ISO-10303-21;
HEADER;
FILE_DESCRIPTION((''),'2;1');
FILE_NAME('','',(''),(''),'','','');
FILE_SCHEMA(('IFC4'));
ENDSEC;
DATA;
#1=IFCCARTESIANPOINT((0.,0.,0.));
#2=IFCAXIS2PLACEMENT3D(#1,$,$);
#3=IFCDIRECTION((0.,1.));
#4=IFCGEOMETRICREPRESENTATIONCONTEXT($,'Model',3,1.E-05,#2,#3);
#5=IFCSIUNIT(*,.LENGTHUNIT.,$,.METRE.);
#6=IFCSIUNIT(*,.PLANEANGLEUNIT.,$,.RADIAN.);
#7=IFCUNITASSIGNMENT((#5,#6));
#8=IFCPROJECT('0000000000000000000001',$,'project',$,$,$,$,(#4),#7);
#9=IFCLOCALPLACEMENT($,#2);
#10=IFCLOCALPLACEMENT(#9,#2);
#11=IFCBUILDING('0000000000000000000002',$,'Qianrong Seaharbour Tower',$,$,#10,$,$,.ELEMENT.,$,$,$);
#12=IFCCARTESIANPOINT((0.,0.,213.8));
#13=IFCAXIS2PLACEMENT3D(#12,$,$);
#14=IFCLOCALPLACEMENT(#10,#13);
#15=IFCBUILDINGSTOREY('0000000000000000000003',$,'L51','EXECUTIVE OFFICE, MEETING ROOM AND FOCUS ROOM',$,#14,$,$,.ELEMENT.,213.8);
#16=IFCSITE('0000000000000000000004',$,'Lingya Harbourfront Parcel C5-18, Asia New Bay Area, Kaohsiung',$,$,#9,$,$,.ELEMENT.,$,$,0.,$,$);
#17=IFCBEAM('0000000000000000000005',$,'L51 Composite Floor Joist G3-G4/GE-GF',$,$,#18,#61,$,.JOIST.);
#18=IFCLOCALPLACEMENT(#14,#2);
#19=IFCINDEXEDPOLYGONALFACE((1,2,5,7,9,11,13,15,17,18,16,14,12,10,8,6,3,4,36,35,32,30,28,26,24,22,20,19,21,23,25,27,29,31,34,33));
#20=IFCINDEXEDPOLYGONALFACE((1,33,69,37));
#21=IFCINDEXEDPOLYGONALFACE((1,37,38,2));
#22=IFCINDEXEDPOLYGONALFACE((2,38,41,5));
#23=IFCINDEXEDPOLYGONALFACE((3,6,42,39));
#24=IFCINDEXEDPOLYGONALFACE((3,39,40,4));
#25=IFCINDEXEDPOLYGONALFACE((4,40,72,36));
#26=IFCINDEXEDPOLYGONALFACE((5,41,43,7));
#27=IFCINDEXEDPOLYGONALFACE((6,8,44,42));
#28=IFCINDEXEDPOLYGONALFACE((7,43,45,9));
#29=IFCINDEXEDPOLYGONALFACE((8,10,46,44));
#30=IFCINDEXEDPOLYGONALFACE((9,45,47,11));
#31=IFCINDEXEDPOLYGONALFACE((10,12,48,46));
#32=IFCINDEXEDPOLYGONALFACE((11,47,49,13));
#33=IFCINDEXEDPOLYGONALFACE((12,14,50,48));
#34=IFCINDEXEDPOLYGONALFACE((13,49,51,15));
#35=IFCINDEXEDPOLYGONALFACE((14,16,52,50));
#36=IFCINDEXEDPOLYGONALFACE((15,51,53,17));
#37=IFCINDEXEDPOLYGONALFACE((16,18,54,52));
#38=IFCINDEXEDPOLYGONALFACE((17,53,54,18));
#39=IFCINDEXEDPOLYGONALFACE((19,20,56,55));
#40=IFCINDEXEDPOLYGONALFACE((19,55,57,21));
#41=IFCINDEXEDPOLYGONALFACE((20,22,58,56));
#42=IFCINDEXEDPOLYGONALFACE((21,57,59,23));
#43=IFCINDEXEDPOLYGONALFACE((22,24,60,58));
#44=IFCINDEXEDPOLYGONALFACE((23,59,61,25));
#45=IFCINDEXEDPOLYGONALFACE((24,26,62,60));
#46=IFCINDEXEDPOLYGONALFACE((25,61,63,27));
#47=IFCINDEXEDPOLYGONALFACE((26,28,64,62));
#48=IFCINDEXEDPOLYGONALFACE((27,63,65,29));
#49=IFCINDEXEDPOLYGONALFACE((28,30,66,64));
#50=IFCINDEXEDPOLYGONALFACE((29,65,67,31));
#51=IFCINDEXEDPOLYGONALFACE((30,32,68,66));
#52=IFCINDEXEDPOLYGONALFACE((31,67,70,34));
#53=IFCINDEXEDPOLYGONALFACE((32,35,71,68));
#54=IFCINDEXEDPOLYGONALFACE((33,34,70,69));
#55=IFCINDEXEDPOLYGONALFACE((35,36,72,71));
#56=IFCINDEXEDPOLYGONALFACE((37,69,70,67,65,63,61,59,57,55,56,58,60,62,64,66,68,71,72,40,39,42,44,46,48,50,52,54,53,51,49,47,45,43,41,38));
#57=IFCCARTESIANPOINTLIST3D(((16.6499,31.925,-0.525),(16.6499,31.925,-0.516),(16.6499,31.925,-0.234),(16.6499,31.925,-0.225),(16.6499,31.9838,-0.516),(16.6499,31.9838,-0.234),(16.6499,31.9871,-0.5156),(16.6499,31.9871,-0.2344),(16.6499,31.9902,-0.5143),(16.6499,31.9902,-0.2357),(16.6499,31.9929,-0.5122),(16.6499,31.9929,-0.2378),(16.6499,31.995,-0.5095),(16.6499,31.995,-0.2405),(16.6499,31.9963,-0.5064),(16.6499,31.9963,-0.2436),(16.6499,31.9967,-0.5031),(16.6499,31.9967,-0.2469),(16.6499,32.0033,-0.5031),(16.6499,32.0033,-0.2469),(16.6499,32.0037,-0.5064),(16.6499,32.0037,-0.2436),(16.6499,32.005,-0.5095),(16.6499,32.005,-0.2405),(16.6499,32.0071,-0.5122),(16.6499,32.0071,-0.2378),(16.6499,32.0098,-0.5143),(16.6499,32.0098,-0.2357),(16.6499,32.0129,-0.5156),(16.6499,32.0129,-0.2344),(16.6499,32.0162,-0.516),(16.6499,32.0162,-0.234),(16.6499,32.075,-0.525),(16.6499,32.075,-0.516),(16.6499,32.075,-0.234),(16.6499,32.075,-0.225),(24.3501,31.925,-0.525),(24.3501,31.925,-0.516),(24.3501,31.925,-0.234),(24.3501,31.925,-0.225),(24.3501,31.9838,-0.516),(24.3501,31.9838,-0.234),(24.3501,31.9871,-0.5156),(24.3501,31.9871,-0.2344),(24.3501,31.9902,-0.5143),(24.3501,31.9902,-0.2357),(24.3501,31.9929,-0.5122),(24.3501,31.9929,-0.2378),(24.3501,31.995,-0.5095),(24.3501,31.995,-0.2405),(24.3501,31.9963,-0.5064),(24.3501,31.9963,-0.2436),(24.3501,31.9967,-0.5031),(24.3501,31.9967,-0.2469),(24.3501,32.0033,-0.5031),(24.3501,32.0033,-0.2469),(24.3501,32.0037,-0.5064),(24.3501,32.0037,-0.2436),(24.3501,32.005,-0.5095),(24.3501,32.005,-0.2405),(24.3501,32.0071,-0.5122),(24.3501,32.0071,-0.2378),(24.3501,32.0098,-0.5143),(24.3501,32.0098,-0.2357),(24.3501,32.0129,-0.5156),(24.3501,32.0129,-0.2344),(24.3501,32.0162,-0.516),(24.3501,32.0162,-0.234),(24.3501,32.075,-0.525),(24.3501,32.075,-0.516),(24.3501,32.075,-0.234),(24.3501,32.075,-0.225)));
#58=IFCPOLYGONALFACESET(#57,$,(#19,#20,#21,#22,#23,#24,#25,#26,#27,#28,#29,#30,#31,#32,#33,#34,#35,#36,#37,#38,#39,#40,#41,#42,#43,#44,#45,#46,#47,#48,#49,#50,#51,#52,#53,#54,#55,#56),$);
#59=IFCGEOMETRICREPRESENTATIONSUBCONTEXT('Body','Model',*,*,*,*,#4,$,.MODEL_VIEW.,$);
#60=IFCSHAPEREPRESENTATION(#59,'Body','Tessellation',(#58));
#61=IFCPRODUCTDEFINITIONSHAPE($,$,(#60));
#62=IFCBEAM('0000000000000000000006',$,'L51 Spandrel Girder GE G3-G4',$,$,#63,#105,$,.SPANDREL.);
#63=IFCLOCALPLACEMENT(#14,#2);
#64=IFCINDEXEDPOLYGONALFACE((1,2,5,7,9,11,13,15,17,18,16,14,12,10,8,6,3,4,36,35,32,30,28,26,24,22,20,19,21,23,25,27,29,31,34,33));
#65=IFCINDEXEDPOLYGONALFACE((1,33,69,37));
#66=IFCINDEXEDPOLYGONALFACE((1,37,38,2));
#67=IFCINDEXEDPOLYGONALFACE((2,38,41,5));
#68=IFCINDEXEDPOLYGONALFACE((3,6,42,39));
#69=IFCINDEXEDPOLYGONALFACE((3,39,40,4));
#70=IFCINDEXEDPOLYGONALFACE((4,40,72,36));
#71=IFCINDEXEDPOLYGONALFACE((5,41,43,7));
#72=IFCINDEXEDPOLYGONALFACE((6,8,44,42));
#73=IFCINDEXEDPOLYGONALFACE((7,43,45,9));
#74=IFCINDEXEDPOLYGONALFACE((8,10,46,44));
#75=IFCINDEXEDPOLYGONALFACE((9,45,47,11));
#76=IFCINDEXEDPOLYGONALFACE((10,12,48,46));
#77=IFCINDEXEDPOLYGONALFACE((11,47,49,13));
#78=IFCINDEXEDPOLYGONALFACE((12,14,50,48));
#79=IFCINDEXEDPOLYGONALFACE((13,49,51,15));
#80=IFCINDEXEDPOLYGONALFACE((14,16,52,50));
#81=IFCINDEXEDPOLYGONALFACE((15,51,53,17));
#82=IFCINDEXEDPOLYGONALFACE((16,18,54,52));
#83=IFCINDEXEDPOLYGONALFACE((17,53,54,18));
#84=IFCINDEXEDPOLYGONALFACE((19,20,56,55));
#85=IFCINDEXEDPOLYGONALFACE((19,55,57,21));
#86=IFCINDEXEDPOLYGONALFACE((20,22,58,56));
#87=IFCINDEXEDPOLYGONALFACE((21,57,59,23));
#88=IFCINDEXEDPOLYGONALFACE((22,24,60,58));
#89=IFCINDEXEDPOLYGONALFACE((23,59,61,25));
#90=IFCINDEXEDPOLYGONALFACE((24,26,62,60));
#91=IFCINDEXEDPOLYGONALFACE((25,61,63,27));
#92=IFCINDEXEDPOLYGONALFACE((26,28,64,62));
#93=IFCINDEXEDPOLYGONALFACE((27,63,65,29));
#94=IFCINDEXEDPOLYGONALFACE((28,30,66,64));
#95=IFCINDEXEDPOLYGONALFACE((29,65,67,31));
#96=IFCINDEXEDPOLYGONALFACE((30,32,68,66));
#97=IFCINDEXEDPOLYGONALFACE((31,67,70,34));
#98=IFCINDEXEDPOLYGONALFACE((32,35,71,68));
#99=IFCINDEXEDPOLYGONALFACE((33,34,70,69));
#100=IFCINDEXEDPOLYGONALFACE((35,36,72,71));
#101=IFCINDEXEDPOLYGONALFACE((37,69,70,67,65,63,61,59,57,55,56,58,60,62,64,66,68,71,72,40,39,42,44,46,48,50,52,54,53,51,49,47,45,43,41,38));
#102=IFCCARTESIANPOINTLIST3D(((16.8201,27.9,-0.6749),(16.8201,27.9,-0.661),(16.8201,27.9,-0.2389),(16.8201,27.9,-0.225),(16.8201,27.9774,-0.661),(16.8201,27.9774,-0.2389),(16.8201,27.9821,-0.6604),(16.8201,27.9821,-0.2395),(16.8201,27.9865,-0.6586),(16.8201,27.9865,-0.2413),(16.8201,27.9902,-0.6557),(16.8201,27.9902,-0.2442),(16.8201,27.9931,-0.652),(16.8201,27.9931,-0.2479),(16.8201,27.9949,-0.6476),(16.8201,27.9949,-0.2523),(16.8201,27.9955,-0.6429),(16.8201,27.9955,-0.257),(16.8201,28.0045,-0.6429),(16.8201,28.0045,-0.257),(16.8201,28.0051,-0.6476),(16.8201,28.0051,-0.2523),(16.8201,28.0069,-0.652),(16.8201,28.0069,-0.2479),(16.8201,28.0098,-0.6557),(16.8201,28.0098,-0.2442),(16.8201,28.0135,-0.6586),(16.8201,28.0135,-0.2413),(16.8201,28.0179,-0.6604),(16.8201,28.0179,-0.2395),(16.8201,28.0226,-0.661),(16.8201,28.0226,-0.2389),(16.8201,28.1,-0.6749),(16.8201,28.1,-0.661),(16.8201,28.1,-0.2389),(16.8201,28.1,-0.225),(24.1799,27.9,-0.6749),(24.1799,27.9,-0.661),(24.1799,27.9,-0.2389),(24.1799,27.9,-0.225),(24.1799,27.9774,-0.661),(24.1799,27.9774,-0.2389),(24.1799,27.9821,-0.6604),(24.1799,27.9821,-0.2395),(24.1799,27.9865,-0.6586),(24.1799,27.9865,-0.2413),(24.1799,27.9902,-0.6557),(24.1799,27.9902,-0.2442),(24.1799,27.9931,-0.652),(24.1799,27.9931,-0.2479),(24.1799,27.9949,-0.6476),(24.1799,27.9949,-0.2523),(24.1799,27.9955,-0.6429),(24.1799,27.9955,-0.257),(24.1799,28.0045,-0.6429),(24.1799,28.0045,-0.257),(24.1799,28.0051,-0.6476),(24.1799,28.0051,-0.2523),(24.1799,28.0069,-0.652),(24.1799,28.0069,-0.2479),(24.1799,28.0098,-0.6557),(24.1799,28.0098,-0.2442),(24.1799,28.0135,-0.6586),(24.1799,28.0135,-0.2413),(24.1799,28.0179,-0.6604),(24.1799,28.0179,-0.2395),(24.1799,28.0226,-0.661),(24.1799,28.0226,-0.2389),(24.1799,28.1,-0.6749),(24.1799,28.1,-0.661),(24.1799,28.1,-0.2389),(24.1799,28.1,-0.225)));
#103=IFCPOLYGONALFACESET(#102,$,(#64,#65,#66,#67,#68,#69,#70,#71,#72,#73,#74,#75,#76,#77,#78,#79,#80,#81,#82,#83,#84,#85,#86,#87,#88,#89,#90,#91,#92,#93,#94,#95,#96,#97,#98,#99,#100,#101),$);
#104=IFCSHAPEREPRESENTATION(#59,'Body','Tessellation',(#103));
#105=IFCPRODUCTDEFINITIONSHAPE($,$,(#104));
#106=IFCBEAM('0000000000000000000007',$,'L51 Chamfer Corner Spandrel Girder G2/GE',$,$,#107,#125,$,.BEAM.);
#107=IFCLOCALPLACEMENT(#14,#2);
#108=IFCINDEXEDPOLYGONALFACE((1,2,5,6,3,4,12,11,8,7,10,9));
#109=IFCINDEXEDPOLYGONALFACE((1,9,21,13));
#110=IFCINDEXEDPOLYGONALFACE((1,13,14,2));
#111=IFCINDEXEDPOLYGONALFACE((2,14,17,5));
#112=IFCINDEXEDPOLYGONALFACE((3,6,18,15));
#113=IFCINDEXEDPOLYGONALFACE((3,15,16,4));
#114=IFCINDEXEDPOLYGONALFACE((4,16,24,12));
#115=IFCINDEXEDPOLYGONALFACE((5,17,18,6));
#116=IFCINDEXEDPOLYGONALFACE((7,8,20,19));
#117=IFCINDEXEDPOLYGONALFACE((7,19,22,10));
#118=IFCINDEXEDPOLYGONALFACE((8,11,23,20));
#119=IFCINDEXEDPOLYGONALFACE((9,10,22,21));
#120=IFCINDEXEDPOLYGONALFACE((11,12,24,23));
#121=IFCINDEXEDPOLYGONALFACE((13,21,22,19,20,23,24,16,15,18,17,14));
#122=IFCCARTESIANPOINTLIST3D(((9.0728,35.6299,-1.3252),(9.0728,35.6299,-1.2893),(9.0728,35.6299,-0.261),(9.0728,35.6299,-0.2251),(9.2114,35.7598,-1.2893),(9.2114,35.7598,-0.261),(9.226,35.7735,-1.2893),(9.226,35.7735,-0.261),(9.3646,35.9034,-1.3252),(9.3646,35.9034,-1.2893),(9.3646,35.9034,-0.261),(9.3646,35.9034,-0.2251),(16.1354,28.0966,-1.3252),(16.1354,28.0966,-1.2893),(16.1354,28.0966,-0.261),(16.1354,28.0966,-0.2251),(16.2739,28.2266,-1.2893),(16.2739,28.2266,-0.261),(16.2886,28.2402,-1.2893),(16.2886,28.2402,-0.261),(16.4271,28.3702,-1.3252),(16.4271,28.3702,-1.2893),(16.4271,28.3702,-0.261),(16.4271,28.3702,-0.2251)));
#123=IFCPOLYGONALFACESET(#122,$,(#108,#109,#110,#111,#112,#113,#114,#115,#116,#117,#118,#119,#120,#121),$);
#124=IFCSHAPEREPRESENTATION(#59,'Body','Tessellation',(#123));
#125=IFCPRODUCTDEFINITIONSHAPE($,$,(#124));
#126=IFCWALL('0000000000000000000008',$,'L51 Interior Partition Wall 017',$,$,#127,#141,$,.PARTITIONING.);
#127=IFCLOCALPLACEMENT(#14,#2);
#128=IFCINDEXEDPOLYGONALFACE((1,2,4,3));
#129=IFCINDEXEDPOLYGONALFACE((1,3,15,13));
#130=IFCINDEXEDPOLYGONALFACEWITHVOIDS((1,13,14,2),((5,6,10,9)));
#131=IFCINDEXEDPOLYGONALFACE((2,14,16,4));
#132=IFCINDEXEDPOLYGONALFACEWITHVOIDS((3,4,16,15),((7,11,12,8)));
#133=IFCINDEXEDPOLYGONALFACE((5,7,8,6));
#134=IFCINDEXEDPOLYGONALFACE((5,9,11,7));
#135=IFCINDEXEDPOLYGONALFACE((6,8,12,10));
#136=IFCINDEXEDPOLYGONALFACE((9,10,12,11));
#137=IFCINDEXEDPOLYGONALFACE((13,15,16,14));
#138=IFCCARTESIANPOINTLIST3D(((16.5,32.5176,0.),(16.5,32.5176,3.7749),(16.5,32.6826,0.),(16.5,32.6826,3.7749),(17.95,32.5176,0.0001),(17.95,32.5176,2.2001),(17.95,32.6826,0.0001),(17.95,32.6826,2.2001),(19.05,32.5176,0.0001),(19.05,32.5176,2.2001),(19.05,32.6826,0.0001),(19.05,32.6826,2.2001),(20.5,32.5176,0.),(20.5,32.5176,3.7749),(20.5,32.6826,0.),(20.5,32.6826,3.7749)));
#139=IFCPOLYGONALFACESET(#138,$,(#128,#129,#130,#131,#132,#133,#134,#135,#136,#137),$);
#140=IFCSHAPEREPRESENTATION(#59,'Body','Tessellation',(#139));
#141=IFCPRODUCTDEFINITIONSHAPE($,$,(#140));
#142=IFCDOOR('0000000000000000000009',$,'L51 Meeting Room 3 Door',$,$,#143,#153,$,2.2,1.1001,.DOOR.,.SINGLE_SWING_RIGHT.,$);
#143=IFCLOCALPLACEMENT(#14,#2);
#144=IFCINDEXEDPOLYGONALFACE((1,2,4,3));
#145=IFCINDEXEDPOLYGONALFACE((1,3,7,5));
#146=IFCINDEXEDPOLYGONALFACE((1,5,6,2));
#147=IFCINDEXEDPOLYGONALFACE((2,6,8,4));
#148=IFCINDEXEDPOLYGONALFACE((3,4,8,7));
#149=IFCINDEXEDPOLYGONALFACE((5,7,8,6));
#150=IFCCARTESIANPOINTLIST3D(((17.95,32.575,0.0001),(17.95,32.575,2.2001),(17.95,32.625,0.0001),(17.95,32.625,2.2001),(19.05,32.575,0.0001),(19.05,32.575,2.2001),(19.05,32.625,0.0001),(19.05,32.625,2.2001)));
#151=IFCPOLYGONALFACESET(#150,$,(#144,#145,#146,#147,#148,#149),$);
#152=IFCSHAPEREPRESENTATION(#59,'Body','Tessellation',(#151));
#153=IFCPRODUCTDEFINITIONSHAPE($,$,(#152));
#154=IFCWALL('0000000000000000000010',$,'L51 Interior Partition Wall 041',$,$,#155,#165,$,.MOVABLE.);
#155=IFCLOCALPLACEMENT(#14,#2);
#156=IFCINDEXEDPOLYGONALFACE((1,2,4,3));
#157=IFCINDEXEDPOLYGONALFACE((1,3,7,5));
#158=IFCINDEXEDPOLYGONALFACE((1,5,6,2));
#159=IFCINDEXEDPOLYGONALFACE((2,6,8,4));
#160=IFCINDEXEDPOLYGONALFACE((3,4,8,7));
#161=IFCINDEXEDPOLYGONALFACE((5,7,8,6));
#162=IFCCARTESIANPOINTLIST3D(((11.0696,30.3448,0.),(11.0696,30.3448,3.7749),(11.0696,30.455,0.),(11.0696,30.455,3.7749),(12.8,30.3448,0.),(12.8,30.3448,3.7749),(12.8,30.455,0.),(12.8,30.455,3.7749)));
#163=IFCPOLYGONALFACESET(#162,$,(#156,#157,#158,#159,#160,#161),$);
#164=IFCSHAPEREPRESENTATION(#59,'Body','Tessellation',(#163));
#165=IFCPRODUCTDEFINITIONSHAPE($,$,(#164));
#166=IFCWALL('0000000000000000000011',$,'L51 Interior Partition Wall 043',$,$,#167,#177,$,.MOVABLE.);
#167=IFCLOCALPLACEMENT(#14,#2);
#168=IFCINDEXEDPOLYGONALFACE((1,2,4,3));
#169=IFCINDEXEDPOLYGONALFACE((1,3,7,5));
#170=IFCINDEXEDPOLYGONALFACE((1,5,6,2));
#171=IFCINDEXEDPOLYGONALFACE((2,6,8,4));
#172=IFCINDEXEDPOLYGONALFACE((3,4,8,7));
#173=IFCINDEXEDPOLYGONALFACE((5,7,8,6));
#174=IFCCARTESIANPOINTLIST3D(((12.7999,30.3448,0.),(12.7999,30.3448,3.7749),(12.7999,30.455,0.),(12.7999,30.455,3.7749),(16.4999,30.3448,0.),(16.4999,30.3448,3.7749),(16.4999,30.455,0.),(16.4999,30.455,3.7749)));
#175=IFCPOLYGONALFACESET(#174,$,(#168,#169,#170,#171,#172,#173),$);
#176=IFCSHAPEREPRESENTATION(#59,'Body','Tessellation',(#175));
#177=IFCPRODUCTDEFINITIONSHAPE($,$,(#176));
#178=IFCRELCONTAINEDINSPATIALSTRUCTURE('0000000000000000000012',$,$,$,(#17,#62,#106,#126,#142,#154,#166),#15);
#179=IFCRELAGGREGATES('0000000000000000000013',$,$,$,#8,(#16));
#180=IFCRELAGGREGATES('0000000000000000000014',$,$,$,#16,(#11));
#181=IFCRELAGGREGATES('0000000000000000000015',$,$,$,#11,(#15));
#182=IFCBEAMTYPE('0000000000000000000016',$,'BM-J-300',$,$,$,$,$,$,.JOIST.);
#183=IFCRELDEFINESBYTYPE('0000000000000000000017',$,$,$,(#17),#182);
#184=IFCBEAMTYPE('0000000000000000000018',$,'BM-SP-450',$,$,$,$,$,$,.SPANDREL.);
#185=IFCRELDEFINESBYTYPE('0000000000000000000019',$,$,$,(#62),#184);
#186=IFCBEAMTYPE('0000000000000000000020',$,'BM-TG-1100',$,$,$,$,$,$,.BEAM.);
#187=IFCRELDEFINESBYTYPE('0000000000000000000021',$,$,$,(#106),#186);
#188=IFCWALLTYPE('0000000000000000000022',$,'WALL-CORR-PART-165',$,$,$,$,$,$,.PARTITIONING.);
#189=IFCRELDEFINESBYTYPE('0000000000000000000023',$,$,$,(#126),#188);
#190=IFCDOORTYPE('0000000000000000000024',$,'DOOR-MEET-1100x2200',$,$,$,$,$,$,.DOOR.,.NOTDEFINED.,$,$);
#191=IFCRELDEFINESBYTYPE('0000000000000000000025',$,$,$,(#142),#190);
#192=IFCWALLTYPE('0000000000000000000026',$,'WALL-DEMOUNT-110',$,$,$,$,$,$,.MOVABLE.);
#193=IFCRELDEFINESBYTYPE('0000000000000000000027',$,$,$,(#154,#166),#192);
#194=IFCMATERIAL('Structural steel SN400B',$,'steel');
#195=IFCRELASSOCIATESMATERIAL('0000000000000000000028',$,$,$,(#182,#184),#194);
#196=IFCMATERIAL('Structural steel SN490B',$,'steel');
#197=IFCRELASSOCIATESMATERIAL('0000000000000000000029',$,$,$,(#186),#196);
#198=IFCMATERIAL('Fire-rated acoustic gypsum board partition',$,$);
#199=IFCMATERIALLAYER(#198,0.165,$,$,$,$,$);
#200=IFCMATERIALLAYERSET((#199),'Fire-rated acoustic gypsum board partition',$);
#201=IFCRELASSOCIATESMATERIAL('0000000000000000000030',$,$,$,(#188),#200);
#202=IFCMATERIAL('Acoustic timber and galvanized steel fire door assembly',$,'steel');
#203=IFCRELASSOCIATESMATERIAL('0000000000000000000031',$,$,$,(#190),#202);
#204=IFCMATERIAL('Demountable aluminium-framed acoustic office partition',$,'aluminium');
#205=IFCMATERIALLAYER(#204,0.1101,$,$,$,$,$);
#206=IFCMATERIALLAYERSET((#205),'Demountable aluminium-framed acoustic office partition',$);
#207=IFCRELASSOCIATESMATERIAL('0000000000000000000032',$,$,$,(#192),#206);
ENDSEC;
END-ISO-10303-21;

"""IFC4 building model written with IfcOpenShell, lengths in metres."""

from ifc_helpers import new_model, si_unit, direction, frame, frame_2d, origin, origin_2d, place, context, subcontext, project, spatial, rectangle, i_section, extrude, material, layer, layer_set, material_profile, profile_set, type_object, element, fill, save


model = new_model("IFC4")

# Units and contexts
model_context = context("Model", 3, precision=1e-05, world=origin(), true_north=direction((0.0, 1.0)))
body_context = subcontext(model_context, "Body", "Model", "MODEL_VIEW")
ifc_project = project(units=[si_unit("LENGTHUNIT", "METRE"), si_unit("PLANEANGLEUNIT", "RADIAN")], contexts=[model_context])

# Site, building, storey
site_placement = place(None, origin())
site = spatial("IfcSite", under=ifc_project, at=site_placement, Name="Lingya Harbourfront Parcel C5-18, Asia New Bay Area, Kaohsiung", CompositionType="ELEMENT", RefElevation=0.0)
building_placement = place(site_placement, origin())
building = spatial("IfcBuilding", under=site, at=building_placement, Name="Qianrong Seaharbour Tower", CompositionType="ELEMENT")
storey_placement = place(building_placement, frame((0.0, 0.0, 213.8)))
storey = spatial("IfcBuildingStorey", under=building, at=storey_placement, Name="L51", Description="EXECUTIVE OFFICE, MEETING ROOM AND FOCUS ROOM", CompositionType="ELEMENT", Elevation=213.8)

# Shared definitions
ifc_material_1 = material(Name="Structural steel SN490B", Category="steel")

# Beams
ifc_material_2 = material(Name="Structural steel SN400B", Category="steel")
ifc_material_profile_1 = material_profile(ifc_material_2, i_section(OverallWidth=0.1499, OverallDepth=0.3, WebThickness=0.0066, FlangeThickness=0.009, FilletRadius=0.0129, at=origin_2d()), Name="H300x150x6.5x9")
ifc_profile_set_1 = profile_set([ifc_material_profile_1], Name="Structural steel SN400B")
beam_type_1 = type_object("IfcBeamType", Name="BM-J-300", PredefinedType="JOIST", material=ifc_profile_set_1)
beam_1_placement = place(storey_placement, frame((16.6499, 32.0, -0.375), z_axis=(1.0, 0.0, 0.0), x_axis=(0.0, 1.0, 0.0)))
element("IfcBeam", 1, at=beam_1_placement, inside=storey, type_object=beam_type_1, Name="L51 Composite Floor Joist G3-G4/GE-GF", PredefinedType="JOIST", context=body_context, shape_type="SweptSolid", body=[
    extrude(i_section(OverallWidth=0.1499, OverallDepth=0.3, WebThickness=0.0066, FlangeThickness=0.009, FilletRadius=0.0129, at=origin_2d()), origin(), (0.0, 0.0, 1.0), 7.7002),
])
ifc_material_profile_2 = material_profile(ifc_material_2, i_section(OverallWidth=0.2, OverallDepth=0.45, WebThickness=0.009, FlangeThickness=0.0139, FilletRadius=0.0181, at=origin_2d()), Name="H450x200x9x14")
ifc_profile_set_2 = profile_set([ifc_material_profile_2], Name="Structural steel SN400B")
beam_type_2 = type_object("IfcBeamType", Name="BM-SP-450", PredefinedType="SPANDREL", material=ifc_profile_set_2)
beam_2_placement = place(storey_placement, frame((16.8201, 28.0, -0.45), z_axis=(1.0, 0.0, 0.0), x_axis=(0.0, 1.0, 0.0)))
element("IfcBeam", 2, at=beam_2_placement, inside=storey, type_object=beam_type_2, Name="L51 Spandrel Girder GE G3-G4", PredefinedType="SPANDREL", context=body_context, shape_type="SweptSolid", body=[
    extrude(i_section(OverallWidth=0.2, OverallDepth=0.45, WebThickness=0.009, FlangeThickness=0.0139, FilletRadius=0.0181, at=origin_2d()), origin(), (0.0, 0.0, 1.0), 7.3599),
])
ifc_material_profile_3 = material_profile(ifc_material_1, i_section(OverallWidth=0.3999, OverallDepth=1.1001, WebThickness=0.02, FlangeThickness=0.0359, at=origin_2d()), Name="BH1100x400x20x36")
ifc_profile_set_3 = profile_set([ifc_material_profile_3], Name="Structural steel SN490B")
beam_type_3 = type_object("IfcBeamType", Name="BM-TG-1100", PredefinedType="BEAM", material=ifc_profile_set_3)
beam_3_placement = place(storey_placement, frame((16.2812, 28.2334, -0.7751), z_axis=(-0.683947, 0.729531, 0.0), x_axis=(-0.729531, -0.683947, 0.0)))
element("IfcBeam", 3, at=beam_3_placement, inside=storey, type_object=beam_type_3, Name="L51 Chamfer Corner Spandrel Girder G2/GE", PredefinedType="BEAM", context=body_context, shape_type="SweptSolid", body=[
    extrude(i_section(OverallWidth=0.3999, OverallDepth=1.1001, WebThickness=0.02, FlangeThickness=0.0359, at=origin_2d()), origin(), (0.0, 0.0, 1.0), 10.3262),
])

# Wall, opening, door
ifc_material_3 = material(Name="Fire-rated acoustic gypsum board partition")
ifc_layer_1 = layer(ifc_material_3, 0.165)
ifc_layer_set_1 = layer_set([ifc_layer_1], Name="Fire-rated acoustic gypsum board partition")
wall_type_1 = type_object("IfcWallType", Name="WALL-CORR-PART-165", PredefinedType="PARTITIONING", material=ifc_layer_set_1)
ifc_material_4 = material(Name="Acoustic timber and galvanized steel fire door assembly", Category="steel")
wall_1_placement = place(storey_placement, frame((16.5, 32.6001, 0.0), z_axis=(0.0, 0.0, 1.0), x_axis=(1.0, 0.0, 0.0)))
wall_1 = element("IfcWall", 4, at=wall_1_placement, inside=storey, type_object=wall_type_1, Name="L51 Interior Partition Wall 017", PredefinedType="PARTITIONING", context=body_context, shape_type="SweptSolid", body=[
    extrude(rectangle(XDim=4.0, YDim=0.165, at=frame_2d((2.0, 0.0))), origin(), (0.0, 0.0, 1.0), 3.7749),
])
opening_1_placement = place(wall_1_placement, frame((1.45, 0.0, 0.0)))
opening_1 = element("IfcOpeningElement", 5, at=opening_1_placement, cuts=wall_1, PredefinedType="OPENING", context=body_context, shape_type="SweptSolid", body=[
    extrude(rectangle(XDim=1.1001, YDim=2.2, at=frame_2d((0.55, 1.1001))), frame((0.0, 0.0925, 0.0), z_axis=(0.0, -1.0, 0.0), x_axis=(1.0, 0.0, 0.0)), (0.0, 0.0, 1.0), 0.1851),
])
door_type_1 = type_object("IfcDoorType", Name="DOOR-MEET-1100x2200", OperationType="NOTDEFINED", PredefinedType="DOOR", material=ifc_material_4)
door_1_placement = place(opening_1_placement, origin())
door_1 = element("IfcDoor", 6, at=door_1_placement, inside=storey, type_object=door_type_1, Name="L51 Meeting Room 3 Door", OperationType="SINGLE_SWING_RIGHT", OverallHeight=2.2, OverallWidth=1.1001, PredefinedType="DOOR", context=body_context, shape_type="SweptSolid", body=[
    extrude(rectangle(XDim=1.1001, YDim=2.2, at=frame_2d((0.55, 1.1001))), frame((0.0, 0.0249, 0.0), z_axis=(0.0, -1.0, 0.0), x_axis=(1.0, 0.0, 0.0)), (0.0, 0.0, 1.0), 0.05),
])
fill(opening_1, door_1)

# Walls
ifc_material_5 = material(Name="Demountable aluminium-framed acoustic office partition", Category="aluminium")
ifc_layer_2 = layer(ifc_material_5, 0.1101)
ifc_layer_set_2 = layer_set([ifc_layer_2], Name="Demountable aluminium-framed acoustic office partition")
wall_type_2 = type_object("IfcWallType", Name="WALL-DEMOUNT-110", PredefinedType="MOVABLE", material=ifc_layer_set_2)
wall_2_placement = place(storey_placement, frame((12.8, 30.3999, 0.0), z_axis=(0.0, 0.0, 1.0), x_axis=(-1.0, 0.0, 0.0)))
element("IfcWall", 7, at=wall_2_placement, inside=storey, type_object=wall_type_2, Name="L51 Interior Partition Wall 041", PredefinedType="MOVABLE", context=body_context, shape_type="SweptSolid", body=[
    extrude(rectangle(XDim=1.7305, YDim=0.1101, at=frame_2d((0.8652, 0.0))), origin(), (0.0, 0.0, 1.0), 3.7749),
])
wall_3_placement = place(storey_placement, frame((16.5, 30.3999, 0.0), z_axis=(0.0, 0.0, 1.0), x_axis=(-1.0, 0.0, 0.0)))
element("IfcWall", 8, at=wall_3_placement, inside=storey, type_object=wall_type_2, Name="L51 Interior Partition Wall 043", PredefinedType="MOVABLE", context=body_context, shape_type="SweptSolid", body=[
    extrude(rectangle(XDim=3.7, YDim=0.1101, at=frame_2d((1.8501, 0.0))), origin(), (0.0, 0.0, 1.0), 3.7749),
])

save(model, "model.ifc")
